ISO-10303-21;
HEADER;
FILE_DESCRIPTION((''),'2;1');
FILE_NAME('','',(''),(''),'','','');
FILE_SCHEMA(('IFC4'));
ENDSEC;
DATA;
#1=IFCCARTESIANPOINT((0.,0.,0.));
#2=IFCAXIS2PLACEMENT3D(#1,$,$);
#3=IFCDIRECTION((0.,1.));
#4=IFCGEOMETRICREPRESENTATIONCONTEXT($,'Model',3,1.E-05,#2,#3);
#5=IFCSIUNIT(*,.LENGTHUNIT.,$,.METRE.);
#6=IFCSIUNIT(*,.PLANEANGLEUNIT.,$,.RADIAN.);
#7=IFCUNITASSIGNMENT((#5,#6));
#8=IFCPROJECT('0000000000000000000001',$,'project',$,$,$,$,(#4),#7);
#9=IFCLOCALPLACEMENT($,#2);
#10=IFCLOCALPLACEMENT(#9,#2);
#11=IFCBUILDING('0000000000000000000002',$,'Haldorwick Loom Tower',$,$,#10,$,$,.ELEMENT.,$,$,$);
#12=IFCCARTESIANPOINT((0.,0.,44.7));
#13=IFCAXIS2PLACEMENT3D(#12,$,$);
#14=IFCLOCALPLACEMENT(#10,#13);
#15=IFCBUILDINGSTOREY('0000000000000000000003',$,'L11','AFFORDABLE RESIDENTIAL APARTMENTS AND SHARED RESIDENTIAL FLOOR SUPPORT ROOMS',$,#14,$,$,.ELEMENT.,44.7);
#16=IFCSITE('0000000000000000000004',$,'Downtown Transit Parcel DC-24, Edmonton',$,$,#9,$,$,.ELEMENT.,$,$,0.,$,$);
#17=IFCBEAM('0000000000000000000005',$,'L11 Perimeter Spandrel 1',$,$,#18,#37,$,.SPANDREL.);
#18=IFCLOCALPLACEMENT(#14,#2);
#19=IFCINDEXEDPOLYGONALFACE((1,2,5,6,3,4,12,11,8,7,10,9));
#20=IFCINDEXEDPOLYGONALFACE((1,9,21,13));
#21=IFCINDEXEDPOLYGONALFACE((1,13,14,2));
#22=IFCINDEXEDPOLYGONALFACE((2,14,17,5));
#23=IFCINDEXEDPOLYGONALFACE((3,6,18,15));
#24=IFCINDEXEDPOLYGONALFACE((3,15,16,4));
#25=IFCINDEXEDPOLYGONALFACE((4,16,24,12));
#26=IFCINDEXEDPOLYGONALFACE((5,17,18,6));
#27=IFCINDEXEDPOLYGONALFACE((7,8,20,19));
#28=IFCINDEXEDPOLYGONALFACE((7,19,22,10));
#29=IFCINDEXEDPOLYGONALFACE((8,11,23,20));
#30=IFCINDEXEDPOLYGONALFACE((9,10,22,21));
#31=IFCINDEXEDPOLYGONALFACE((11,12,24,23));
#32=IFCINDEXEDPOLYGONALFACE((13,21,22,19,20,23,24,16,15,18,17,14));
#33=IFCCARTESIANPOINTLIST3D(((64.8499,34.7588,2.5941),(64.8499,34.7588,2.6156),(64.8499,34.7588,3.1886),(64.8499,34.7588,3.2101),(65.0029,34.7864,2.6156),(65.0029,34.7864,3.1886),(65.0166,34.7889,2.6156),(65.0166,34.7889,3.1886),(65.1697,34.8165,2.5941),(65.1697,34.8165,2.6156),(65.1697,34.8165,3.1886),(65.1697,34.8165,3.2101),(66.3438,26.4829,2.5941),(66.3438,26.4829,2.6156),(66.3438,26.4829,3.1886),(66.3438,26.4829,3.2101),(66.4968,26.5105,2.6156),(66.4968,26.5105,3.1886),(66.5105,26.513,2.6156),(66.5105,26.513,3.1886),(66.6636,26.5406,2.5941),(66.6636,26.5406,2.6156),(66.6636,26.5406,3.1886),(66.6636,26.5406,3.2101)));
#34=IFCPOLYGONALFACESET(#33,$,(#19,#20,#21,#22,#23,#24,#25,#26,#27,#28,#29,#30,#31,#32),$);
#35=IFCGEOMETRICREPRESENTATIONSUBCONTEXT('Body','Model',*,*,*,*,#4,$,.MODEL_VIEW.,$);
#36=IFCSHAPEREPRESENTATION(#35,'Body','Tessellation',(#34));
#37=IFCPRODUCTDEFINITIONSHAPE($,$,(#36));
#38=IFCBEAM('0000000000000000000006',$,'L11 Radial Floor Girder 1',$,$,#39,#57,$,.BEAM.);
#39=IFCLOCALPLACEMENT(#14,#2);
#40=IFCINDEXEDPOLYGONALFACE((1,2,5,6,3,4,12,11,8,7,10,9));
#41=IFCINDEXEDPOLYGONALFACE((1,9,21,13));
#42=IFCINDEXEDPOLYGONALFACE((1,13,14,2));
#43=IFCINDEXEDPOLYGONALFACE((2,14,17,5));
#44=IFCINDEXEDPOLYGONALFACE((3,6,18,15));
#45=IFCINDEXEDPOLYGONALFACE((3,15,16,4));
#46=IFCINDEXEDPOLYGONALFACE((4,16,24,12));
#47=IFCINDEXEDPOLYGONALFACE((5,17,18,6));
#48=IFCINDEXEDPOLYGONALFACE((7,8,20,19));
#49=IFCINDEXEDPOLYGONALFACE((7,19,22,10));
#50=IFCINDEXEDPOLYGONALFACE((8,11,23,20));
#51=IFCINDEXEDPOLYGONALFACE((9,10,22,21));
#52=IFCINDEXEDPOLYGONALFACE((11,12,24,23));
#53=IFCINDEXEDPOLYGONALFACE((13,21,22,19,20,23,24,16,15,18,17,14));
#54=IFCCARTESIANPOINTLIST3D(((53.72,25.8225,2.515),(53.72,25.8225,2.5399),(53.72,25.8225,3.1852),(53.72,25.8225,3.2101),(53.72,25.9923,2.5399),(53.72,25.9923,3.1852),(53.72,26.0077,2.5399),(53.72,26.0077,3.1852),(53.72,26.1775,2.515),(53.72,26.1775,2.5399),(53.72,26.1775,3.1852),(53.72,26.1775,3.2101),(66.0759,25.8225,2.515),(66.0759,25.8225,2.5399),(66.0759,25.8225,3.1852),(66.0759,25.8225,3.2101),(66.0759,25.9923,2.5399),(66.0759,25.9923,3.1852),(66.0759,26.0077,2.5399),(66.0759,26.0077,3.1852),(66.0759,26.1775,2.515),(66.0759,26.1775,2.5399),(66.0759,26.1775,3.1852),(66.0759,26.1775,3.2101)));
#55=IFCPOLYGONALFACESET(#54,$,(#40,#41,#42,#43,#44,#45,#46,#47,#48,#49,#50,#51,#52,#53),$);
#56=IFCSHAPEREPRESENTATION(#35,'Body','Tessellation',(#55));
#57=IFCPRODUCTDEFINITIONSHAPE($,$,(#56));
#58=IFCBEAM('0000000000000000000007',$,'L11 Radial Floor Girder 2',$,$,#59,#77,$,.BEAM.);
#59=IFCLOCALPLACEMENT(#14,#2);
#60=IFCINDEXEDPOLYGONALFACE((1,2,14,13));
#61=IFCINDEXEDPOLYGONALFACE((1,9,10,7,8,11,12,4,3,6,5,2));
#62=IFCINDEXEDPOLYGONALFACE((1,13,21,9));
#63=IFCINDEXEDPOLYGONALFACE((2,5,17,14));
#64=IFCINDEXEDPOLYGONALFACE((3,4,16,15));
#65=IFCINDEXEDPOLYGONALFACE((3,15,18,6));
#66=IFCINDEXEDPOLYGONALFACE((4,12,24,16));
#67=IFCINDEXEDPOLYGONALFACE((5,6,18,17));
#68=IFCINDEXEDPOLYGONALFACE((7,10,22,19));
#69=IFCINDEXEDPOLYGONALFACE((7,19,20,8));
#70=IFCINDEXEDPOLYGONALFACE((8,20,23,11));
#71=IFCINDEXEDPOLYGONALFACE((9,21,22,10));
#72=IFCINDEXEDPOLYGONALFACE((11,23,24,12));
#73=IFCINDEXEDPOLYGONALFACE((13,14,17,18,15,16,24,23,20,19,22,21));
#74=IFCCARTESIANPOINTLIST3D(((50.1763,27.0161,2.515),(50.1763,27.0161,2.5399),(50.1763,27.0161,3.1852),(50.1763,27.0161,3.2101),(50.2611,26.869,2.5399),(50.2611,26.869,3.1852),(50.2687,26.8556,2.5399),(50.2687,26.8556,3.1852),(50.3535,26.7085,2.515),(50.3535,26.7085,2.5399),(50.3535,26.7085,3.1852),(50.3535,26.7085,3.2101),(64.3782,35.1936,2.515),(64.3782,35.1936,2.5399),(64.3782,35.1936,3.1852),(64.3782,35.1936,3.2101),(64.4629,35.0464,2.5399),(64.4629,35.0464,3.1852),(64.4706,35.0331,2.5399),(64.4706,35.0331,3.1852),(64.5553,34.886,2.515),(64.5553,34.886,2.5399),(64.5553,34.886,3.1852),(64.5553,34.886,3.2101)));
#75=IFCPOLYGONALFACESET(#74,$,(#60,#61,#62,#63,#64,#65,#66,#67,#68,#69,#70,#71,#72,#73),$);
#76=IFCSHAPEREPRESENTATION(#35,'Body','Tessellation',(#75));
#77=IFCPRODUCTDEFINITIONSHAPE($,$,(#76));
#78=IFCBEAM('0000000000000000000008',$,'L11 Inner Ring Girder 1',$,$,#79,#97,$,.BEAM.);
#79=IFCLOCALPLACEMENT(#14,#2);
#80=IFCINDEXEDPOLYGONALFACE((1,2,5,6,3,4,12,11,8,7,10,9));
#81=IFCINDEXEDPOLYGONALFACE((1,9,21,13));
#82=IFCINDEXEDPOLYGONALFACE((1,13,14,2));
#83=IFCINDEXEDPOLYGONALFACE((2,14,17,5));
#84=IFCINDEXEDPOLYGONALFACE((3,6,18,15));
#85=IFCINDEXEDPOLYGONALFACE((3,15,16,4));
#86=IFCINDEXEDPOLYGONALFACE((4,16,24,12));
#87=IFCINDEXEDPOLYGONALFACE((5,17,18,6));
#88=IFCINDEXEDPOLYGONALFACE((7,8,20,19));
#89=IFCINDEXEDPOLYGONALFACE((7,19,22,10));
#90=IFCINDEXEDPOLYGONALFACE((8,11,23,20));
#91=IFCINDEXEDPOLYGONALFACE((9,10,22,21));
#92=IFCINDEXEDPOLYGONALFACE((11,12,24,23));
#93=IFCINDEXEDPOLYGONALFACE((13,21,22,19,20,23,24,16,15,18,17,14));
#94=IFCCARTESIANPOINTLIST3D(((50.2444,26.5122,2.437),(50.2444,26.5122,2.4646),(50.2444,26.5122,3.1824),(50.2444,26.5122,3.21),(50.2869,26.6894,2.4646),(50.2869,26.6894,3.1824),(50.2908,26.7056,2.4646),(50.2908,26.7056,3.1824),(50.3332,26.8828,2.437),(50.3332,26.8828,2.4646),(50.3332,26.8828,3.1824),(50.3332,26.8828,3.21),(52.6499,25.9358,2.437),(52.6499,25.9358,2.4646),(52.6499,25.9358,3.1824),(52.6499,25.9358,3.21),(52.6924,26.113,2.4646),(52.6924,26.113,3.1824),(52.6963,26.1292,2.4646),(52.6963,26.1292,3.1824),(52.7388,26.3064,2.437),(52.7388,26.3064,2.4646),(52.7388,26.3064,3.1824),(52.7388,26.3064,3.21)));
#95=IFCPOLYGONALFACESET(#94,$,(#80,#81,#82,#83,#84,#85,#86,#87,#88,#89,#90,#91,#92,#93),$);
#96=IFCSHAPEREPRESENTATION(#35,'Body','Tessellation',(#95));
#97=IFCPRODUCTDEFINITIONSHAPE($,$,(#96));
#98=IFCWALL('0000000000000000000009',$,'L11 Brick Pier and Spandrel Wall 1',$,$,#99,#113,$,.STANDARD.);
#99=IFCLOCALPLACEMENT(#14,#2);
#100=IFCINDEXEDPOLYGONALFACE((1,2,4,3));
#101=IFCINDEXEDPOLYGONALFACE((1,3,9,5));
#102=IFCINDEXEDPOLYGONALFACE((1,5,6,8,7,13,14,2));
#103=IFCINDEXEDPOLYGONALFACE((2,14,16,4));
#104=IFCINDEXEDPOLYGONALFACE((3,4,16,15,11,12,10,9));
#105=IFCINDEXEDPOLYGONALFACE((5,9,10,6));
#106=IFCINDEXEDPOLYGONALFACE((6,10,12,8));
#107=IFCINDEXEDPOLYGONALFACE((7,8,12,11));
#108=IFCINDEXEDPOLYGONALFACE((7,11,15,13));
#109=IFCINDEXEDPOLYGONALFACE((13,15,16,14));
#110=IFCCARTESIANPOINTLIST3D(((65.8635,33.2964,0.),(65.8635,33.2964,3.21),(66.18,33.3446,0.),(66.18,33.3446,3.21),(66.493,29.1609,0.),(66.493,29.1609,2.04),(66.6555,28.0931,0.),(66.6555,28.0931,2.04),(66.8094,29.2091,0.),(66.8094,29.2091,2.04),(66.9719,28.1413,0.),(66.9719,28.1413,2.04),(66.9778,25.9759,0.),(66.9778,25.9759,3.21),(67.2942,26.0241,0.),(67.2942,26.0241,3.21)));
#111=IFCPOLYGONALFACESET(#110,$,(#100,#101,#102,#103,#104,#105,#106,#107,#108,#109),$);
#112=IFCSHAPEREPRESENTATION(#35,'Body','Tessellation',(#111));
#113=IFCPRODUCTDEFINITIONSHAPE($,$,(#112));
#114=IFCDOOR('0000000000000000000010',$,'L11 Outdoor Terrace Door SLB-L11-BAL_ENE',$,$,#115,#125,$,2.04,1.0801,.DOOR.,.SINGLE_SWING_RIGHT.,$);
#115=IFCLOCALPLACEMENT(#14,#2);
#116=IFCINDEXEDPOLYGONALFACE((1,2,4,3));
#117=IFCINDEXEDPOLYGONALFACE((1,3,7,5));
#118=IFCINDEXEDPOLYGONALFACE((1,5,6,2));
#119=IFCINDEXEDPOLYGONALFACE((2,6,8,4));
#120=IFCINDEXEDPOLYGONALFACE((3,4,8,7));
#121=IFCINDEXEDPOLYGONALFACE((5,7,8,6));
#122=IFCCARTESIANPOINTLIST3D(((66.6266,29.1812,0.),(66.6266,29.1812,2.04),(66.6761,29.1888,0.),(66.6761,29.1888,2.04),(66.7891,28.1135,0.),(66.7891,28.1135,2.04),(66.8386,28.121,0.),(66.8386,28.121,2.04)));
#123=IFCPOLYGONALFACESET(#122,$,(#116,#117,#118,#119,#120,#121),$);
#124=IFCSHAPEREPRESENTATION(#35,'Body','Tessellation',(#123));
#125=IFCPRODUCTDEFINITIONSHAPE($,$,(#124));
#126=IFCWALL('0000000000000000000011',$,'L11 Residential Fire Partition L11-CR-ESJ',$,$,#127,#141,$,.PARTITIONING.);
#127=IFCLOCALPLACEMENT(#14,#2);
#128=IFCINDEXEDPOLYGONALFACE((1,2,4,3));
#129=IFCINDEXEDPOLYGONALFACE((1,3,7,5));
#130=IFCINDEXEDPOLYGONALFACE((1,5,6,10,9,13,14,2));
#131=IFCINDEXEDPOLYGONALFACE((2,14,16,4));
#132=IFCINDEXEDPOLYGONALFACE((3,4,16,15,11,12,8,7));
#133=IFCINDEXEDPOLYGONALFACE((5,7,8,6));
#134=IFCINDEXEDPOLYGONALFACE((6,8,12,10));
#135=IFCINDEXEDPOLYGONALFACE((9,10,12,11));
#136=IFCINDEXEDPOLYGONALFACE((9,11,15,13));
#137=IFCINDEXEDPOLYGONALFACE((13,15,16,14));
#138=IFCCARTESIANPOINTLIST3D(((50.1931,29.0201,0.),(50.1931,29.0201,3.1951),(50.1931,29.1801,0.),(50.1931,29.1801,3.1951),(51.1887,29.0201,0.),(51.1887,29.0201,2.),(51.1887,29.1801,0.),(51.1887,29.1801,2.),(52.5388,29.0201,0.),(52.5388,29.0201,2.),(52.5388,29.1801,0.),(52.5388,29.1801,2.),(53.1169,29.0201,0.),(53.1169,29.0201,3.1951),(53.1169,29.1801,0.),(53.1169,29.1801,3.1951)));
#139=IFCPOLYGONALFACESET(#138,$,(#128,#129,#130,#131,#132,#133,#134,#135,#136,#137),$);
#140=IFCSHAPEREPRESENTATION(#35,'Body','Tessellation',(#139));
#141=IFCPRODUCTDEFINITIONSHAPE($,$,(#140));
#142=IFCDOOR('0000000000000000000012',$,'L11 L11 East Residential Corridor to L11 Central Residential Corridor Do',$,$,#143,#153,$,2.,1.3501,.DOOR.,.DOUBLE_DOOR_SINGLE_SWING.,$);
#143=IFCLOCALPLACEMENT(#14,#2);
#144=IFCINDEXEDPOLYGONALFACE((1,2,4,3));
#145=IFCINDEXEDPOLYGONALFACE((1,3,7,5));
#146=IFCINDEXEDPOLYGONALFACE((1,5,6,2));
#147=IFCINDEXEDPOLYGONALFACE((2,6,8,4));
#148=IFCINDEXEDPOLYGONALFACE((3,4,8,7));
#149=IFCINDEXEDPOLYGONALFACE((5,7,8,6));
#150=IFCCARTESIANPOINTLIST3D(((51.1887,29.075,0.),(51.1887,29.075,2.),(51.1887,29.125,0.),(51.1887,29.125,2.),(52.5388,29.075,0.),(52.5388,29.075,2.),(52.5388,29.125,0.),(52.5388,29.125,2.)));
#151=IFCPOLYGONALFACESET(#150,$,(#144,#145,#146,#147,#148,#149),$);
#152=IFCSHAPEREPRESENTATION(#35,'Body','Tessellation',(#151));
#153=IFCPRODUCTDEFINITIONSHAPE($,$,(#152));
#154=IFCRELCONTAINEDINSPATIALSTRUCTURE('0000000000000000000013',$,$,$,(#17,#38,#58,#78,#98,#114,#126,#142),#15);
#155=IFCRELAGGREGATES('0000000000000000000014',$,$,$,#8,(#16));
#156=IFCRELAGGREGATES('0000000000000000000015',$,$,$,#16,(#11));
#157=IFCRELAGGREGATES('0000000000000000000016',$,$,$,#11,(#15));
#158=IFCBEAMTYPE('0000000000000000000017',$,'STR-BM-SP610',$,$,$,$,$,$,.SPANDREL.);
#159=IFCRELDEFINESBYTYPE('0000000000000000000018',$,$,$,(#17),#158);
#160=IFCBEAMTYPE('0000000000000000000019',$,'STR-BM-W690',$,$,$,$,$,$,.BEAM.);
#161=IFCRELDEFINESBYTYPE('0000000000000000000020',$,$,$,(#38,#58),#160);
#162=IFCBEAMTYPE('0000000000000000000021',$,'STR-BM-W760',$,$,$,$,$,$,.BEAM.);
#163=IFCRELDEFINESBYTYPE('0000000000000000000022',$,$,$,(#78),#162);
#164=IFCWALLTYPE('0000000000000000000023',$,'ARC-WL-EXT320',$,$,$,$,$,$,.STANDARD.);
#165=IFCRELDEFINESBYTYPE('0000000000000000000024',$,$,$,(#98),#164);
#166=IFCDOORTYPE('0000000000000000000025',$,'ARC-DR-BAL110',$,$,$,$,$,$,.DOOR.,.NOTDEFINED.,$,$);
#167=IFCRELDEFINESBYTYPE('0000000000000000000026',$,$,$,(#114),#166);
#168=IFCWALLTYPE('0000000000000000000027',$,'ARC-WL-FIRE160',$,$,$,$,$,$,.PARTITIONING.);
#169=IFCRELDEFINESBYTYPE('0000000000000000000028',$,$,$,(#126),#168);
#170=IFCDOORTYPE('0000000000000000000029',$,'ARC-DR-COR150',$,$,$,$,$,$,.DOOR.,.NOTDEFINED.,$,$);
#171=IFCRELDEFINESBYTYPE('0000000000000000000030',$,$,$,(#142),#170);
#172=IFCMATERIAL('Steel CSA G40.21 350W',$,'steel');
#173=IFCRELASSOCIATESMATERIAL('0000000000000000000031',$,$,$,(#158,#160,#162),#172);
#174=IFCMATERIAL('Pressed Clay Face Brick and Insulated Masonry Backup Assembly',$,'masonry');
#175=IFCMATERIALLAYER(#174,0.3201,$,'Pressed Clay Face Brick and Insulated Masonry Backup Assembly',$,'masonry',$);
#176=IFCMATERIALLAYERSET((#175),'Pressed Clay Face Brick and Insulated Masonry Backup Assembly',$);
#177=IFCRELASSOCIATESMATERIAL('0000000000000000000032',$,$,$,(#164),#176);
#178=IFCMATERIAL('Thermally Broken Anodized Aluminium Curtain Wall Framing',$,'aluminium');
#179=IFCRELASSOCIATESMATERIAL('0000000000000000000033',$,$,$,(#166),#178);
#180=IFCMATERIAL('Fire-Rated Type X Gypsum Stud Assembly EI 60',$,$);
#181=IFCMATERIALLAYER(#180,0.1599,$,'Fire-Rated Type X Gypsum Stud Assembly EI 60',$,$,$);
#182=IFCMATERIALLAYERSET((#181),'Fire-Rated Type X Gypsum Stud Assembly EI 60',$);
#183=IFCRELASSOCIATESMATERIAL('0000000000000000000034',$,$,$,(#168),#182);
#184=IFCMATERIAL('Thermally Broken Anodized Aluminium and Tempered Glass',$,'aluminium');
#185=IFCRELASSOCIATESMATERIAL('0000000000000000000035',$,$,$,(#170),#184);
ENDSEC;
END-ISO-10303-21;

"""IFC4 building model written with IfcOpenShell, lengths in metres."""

from ifc_helpers import new_model, si_unit, direction, frame, frame_2d, origin, origin_2d, place, context, subcontext, project, spatial, rectangle, i_section, extrude, material, layer, layer_set, material_profile, profile_set, type_object, element, fill, save


model = new_model("IFC4")

# Units and contexts
model_context = context("Model", 3, precision=1e-05, world=origin(), true_north=direction((0.0, 1.0)))
body_context = subcontext(model_context, "Body", "Model", "MODEL_VIEW")
ifc_project = project(units=[si_unit("LENGTHUNIT", "METRE"), si_unit("PLANEANGLEUNIT", "RADIAN")], contexts=[model_context])

# Site, building, storey
site_placement = place(None, origin())
site = spatial("IfcSite", under=ifc_project, at=site_placement, Name="Downtown Transit Parcel DC-24, Edmonton", CompositionType="ELEMENT", RefElevation=0.0)
building_placement = place(site_placement, origin())
building = spatial("IfcBuilding", under=site, at=building_placement, Name="Haldorwick Loom Tower", CompositionType="ELEMENT")
storey_placement = place(building_placement, frame((0.0, 0.0, 44.7)))
storey = spatial("IfcBuildingStorey", under=building, at=storey_placement, Name="L11", Description="AFFORDABLE RESIDENTIAL APARTMENTS AND SHARED RESIDENTIAL FLOOR SUPPORT ROOMS", CompositionType="ELEMENT", Elevation=44.7)

# Beams
ifc_material_1 = material(Name="Steel CSA G40.21 350W", Category="steel")
ifc_material_profile_1 = material_profile(ifc_material_1, i_section(OverallWidth=0.325, OverallDepth=0.616, WebThickness=0.0139, FlangeThickness=0.0215, at=origin_2d()), Name="W610X174", Category="steel")
ifc_profile_set_1 = profile_set([ifc_material_profile_1], Name="Steel CSA G40.21 350W")
beam_type_1 = type_object("IfcBeamType", Name="STR-BM-SP610", PredefinedType="SPANDREL", material=ifc_profile_set_1)
beam_1_placement = place(storey_placement, frame((66.5037, 26.5117, 2.9021), z_axis=(-0.177641, 0.984095, 0.0), x_axis=(-0.984095, -0.177641, 0.0)))
element("IfcBeam", 1, at=beam_1_placement, inside=storey, type_object=beam_type_1, Name="L11 Perimeter Spandrel 1", PredefinedType="SPANDREL", context=body_context, shape_type="SweptSolid", body=[
    extrude(i_section(OverallWidth=0.325, OverallDepth=0.616, WebThickness=0.0139, FlangeThickness=0.0215, at=origin_2d()), origin(), (0.0, 0.0, 1.0), 8.4097),
])
ifc_material_profile_2 = material_profile(ifc_material_1, i_section(OverallWidth=0.355, OverallDepth=0.6951, WebThickness=0.0154, FlangeThickness=0.0249, at=origin_2d()), Name="W690X217", Category="steel")
ifc_profile_set_2 = profile_set([ifc_material_profile_2], Name="Steel CSA G40.21 350W")
beam_type_2 = type_object("IfcBeamType", Name="STR-BM-W690", PredefinedType="BEAM", material=ifc_profile_set_2)
beam_2_placement = place(storey_placement, frame((53.72, 26.0, 2.8625), z_axis=(1.0, 0.0, 0.0), x_axis=(0.0, 1.0, 0.0)))
element("IfcBeam", 2, at=beam_2_placement, inside=storey, type_object=beam_type_2, Name="L11 Radial Floor Girder 1", PredefinedType="BEAM", context=body_context, shape_type="SweptSolid", body=[
    extrude(i_section(OverallWidth=0.355, OverallDepth=0.6951, WebThickness=0.0154, FlangeThickness=0.0249, at=origin_2d()), origin(), (0.0, 0.0, 1.0), 12.356),
])
beam_3_placement = place(storey_placement, frame((50.2649, 26.8623, 2.8625), z_axis=(0.866606, 0.498994, 0.0), x_axis=(-0.498994, 0.866606, 0.0)))
element("IfcBeam", 3, at=beam_3_placement, inside=storey, type_object=beam_type_2, Name="L11 Radial Floor Girder 2", PredefinedType="BEAM", context=body_context, shape_type="SweptSolid", body=[
    extrude(i_section(OverallWidth=0.355, OverallDepth=0.6951, WebThickness=0.0154, FlangeThickness=0.0249, at=origin_2d()), origin(), (0.0, 0.0, 1.0), 16.3879),
])
ifc_material_profile_3 = material_profile(ifc_material_1, i_section(OverallWidth=0.3811, OverallDepth=0.7729, WebThickness=0.0166, FlangeThickness=0.0276, at=origin_2d()), Name="W760X257", Category="steel")
ifc_profile_set_3 = profile_set([ifc_material_profile_3], Name="Steel CSA G40.21 350W")
beam_type_3 = type_object("IfcBeamType", Name="STR-BM-W760", PredefinedType="BEAM", material=ifc_profile_set_3)
beam_4_placement = place(storey_placement, frame((50.2888, 26.6975, 2.8235), z_axis=(0.972471, -0.233026, 0.0), x_axis=(0.233026, 0.972471, 0.0)))
element("IfcBeam", 4, at=beam_4_placement, inside=storey, type_object=beam_type_3, Name="L11 Inner Ring Girder 1", PredefinedType="BEAM", context=body_context, shape_type="SweptSolid", body=[
    extrude(i_section(OverallWidth=0.3811, OverallDepth=0.7729, WebThickness=0.0166, FlangeThickness=0.0276, at=origin_2d()), origin(), (0.0, 0.0, 1.0), 2.4736),
])

# Walls, openings, doors
ifc_material_2 = material(Name="Pressed Clay Face Brick and Insulated Masonry Backup Assembly", Category="masonry")
ifc_layer_1 = layer(ifc_material_2, 0.3201, Name="Pressed Clay Face Brick and Insulated Masonry Backup Assembly", Category="masonry")
ifc_layer_set_1 = layer_set([ifc_layer_1], Name="Pressed Clay Face Brick and Insulated Masonry Backup Assembly")
wall_type_1 = type_object("IfcWallType", Name="ARC-WL-EXT320", PredefinedType="STANDARD", material=ifc_layer_set_1)
wall_1_placement = place(storey_placement, frame((67.136, 26.0, 0.0), z_axis=(0.0, 0.0, 1.0), x_axis=(-0.150476, 0.988614, 0.0)))
wall_1 = element("IfcWall", 5, at=wall_1_placement, inside=storey, type_object=wall_type_1, Name="L11 Brick Pier and Spandrel Wall 1", PredefinedType="STANDARD", context=body_context, shape_type="SweptSolid", body=[
    extrude(rectangle(XDim=7.4048, YDim=0.3201, at=frame_2d((3.7024, 0.0))), origin(), (0.0, 0.0, 1.0), 3.21),
])
opening_1_placement = place(wall_1_placement, frame((2.1416, 0.0, 0.0)))
opening_1 = element("IfcOpeningElement", 6, at=opening_1_placement, cuts=wall_1, PredefinedType="OPENING", context=body_context, shape_type="SweptSolid", body=[
    extrude(rectangle(XDim=1.0801, YDim=2.04, at=frame_2d((0.54, 1.02))), frame((0.0, 0.1699, 0.0), z_axis=(0.0, -1.0, 0.0), x_axis=(1.0, 0.0, 0.0)), (0.0, 0.0, 1.0), 0.3401),
])
ifc_material_3 = material(Name="Thermally Broken Anodized Aluminium Curtain Wall Framing", Category="aluminium")
door_type_1 = type_object("IfcDoorType", Name="ARC-DR-BAL110", OperationType="NOTDEFINED", PredefinedType="DOOR", material=ifc_material_3)
door_1_placement = place(opening_1_placement, origin())
door_1 = element("IfcDoor", 7, at=door_1_placement, inside=storey, type_object=door_type_1, Name="L11 Outdoor Terrace Door SLB-L11-BAL_ENE", OperationType="SINGLE_SWING_RIGHT", OverallHeight=2.04, OverallWidth=1.0801, PredefinedType="DOOR", context=body_context, shape_type="SweptSolid", body=[
    extrude(rectangle(XDim=1.0801, YDim=2.04, at=frame_2d((0.54, 1.02))), frame((0.0, 0.0249, 0.0), z_axis=(0.0, -1.0, 0.0), x_axis=(1.0, 0.0, 0.0)), (0.0, 0.0, 1.0), 0.05),
])
fill(opening_1, door_1)
ifc_material_4 = material(Name="Fire-Rated Type X Gypsum Stud Assembly EI 60")
ifc_layer_2 = layer(ifc_material_4, 0.1599, Name="Fire-Rated Type X Gypsum Stud Assembly EI 60")
ifc_layer_set_2 = layer_set([ifc_layer_2], Name="Fire-Rated Type X Gypsum Stud Assembly EI 60")
wall_type_2 = type_object("IfcWallType", Name="ARC-WL-FIRE160", PredefinedType="PARTITIONING", material=ifc_layer_set_2)
wall_2_placement = place(storey_placement, frame((50.1931, 29.1001, 0.0), z_axis=(0.0, 0.0, 1.0), x_axis=(1.0, 0.0, 0.0)))
wall_2 = element("IfcWall", 8, at=wall_2_placement, inside=storey, type_object=wall_type_2, Name="L11 Residential Fire Partition L11-CR-ESJ", PredefinedType="PARTITIONING", context=body_context, shape_type="SweptSolid", body=[
    extrude(rectangle(XDim=2.9238, YDim=0.1599, at=frame_2d((1.4619, 0.0))), origin(), (0.0, 0.0, 1.0), 3.1951),
])
opening_2_placement = place(wall_2_placement, frame((0.9956, 0.0, 0.0)))
opening_2 = element("IfcOpeningElement", 9, at=opening_2_placement, cuts=wall_2, PredefinedType="OPENING", context=body_context, shape_type="SweptSolid", body=[
    extrude(rectangle(XDim=1.3501, YDim=2.0, at=frame_2d((0.675, 1.0))), frame((0.0, 0.0898, 0.0), z_axis=(0.0, -1.0, 0.0), x_axis=(1.0, 0.0, 0.0)), (0.0, 0.0, 1.0), 0.1799),
])
ifc_material_5 = material(Name="Thermally Broken Anodized Aluminium and Tempered Glass", Category="aluminium")
door_type_2 = type_object("IfcDoorType", Name="ARC-DR-COR150", OperationType="NOTDEFINED", PredefinedType="DOOR", material=ifc_material_5)
door_2_placement = place(opening_2_placement, origin())
door_2 = element("IfcDoor", 10, at=door_2_placement, inside=storey, type_object=door_type_2, Name="L11 L11 East Residential Corridor to L11 Central Residential Corridor Do", OperationType="DOUBLE_DOOR_SINGLE_SWING", OverallHeight=2.0, OverallWidth=1.3501, PredefinedType="DOOR", context=body_context, shape_type="SweptSolid", body=[
    extrude(rectangle(XDim=1.3501, YDim=2.0, at=frame_2d((0.675, 1.0))), frame((0.0, 0.0249, 0.0), z_axis=(0.0, -1.0, 0.0), x_axis=(1.0, 0.0, 0.0)), (0.0, 0.0, 1.0), 0.05),
])
fill(opening_2, door_2)

save(model, "model.ifc")
